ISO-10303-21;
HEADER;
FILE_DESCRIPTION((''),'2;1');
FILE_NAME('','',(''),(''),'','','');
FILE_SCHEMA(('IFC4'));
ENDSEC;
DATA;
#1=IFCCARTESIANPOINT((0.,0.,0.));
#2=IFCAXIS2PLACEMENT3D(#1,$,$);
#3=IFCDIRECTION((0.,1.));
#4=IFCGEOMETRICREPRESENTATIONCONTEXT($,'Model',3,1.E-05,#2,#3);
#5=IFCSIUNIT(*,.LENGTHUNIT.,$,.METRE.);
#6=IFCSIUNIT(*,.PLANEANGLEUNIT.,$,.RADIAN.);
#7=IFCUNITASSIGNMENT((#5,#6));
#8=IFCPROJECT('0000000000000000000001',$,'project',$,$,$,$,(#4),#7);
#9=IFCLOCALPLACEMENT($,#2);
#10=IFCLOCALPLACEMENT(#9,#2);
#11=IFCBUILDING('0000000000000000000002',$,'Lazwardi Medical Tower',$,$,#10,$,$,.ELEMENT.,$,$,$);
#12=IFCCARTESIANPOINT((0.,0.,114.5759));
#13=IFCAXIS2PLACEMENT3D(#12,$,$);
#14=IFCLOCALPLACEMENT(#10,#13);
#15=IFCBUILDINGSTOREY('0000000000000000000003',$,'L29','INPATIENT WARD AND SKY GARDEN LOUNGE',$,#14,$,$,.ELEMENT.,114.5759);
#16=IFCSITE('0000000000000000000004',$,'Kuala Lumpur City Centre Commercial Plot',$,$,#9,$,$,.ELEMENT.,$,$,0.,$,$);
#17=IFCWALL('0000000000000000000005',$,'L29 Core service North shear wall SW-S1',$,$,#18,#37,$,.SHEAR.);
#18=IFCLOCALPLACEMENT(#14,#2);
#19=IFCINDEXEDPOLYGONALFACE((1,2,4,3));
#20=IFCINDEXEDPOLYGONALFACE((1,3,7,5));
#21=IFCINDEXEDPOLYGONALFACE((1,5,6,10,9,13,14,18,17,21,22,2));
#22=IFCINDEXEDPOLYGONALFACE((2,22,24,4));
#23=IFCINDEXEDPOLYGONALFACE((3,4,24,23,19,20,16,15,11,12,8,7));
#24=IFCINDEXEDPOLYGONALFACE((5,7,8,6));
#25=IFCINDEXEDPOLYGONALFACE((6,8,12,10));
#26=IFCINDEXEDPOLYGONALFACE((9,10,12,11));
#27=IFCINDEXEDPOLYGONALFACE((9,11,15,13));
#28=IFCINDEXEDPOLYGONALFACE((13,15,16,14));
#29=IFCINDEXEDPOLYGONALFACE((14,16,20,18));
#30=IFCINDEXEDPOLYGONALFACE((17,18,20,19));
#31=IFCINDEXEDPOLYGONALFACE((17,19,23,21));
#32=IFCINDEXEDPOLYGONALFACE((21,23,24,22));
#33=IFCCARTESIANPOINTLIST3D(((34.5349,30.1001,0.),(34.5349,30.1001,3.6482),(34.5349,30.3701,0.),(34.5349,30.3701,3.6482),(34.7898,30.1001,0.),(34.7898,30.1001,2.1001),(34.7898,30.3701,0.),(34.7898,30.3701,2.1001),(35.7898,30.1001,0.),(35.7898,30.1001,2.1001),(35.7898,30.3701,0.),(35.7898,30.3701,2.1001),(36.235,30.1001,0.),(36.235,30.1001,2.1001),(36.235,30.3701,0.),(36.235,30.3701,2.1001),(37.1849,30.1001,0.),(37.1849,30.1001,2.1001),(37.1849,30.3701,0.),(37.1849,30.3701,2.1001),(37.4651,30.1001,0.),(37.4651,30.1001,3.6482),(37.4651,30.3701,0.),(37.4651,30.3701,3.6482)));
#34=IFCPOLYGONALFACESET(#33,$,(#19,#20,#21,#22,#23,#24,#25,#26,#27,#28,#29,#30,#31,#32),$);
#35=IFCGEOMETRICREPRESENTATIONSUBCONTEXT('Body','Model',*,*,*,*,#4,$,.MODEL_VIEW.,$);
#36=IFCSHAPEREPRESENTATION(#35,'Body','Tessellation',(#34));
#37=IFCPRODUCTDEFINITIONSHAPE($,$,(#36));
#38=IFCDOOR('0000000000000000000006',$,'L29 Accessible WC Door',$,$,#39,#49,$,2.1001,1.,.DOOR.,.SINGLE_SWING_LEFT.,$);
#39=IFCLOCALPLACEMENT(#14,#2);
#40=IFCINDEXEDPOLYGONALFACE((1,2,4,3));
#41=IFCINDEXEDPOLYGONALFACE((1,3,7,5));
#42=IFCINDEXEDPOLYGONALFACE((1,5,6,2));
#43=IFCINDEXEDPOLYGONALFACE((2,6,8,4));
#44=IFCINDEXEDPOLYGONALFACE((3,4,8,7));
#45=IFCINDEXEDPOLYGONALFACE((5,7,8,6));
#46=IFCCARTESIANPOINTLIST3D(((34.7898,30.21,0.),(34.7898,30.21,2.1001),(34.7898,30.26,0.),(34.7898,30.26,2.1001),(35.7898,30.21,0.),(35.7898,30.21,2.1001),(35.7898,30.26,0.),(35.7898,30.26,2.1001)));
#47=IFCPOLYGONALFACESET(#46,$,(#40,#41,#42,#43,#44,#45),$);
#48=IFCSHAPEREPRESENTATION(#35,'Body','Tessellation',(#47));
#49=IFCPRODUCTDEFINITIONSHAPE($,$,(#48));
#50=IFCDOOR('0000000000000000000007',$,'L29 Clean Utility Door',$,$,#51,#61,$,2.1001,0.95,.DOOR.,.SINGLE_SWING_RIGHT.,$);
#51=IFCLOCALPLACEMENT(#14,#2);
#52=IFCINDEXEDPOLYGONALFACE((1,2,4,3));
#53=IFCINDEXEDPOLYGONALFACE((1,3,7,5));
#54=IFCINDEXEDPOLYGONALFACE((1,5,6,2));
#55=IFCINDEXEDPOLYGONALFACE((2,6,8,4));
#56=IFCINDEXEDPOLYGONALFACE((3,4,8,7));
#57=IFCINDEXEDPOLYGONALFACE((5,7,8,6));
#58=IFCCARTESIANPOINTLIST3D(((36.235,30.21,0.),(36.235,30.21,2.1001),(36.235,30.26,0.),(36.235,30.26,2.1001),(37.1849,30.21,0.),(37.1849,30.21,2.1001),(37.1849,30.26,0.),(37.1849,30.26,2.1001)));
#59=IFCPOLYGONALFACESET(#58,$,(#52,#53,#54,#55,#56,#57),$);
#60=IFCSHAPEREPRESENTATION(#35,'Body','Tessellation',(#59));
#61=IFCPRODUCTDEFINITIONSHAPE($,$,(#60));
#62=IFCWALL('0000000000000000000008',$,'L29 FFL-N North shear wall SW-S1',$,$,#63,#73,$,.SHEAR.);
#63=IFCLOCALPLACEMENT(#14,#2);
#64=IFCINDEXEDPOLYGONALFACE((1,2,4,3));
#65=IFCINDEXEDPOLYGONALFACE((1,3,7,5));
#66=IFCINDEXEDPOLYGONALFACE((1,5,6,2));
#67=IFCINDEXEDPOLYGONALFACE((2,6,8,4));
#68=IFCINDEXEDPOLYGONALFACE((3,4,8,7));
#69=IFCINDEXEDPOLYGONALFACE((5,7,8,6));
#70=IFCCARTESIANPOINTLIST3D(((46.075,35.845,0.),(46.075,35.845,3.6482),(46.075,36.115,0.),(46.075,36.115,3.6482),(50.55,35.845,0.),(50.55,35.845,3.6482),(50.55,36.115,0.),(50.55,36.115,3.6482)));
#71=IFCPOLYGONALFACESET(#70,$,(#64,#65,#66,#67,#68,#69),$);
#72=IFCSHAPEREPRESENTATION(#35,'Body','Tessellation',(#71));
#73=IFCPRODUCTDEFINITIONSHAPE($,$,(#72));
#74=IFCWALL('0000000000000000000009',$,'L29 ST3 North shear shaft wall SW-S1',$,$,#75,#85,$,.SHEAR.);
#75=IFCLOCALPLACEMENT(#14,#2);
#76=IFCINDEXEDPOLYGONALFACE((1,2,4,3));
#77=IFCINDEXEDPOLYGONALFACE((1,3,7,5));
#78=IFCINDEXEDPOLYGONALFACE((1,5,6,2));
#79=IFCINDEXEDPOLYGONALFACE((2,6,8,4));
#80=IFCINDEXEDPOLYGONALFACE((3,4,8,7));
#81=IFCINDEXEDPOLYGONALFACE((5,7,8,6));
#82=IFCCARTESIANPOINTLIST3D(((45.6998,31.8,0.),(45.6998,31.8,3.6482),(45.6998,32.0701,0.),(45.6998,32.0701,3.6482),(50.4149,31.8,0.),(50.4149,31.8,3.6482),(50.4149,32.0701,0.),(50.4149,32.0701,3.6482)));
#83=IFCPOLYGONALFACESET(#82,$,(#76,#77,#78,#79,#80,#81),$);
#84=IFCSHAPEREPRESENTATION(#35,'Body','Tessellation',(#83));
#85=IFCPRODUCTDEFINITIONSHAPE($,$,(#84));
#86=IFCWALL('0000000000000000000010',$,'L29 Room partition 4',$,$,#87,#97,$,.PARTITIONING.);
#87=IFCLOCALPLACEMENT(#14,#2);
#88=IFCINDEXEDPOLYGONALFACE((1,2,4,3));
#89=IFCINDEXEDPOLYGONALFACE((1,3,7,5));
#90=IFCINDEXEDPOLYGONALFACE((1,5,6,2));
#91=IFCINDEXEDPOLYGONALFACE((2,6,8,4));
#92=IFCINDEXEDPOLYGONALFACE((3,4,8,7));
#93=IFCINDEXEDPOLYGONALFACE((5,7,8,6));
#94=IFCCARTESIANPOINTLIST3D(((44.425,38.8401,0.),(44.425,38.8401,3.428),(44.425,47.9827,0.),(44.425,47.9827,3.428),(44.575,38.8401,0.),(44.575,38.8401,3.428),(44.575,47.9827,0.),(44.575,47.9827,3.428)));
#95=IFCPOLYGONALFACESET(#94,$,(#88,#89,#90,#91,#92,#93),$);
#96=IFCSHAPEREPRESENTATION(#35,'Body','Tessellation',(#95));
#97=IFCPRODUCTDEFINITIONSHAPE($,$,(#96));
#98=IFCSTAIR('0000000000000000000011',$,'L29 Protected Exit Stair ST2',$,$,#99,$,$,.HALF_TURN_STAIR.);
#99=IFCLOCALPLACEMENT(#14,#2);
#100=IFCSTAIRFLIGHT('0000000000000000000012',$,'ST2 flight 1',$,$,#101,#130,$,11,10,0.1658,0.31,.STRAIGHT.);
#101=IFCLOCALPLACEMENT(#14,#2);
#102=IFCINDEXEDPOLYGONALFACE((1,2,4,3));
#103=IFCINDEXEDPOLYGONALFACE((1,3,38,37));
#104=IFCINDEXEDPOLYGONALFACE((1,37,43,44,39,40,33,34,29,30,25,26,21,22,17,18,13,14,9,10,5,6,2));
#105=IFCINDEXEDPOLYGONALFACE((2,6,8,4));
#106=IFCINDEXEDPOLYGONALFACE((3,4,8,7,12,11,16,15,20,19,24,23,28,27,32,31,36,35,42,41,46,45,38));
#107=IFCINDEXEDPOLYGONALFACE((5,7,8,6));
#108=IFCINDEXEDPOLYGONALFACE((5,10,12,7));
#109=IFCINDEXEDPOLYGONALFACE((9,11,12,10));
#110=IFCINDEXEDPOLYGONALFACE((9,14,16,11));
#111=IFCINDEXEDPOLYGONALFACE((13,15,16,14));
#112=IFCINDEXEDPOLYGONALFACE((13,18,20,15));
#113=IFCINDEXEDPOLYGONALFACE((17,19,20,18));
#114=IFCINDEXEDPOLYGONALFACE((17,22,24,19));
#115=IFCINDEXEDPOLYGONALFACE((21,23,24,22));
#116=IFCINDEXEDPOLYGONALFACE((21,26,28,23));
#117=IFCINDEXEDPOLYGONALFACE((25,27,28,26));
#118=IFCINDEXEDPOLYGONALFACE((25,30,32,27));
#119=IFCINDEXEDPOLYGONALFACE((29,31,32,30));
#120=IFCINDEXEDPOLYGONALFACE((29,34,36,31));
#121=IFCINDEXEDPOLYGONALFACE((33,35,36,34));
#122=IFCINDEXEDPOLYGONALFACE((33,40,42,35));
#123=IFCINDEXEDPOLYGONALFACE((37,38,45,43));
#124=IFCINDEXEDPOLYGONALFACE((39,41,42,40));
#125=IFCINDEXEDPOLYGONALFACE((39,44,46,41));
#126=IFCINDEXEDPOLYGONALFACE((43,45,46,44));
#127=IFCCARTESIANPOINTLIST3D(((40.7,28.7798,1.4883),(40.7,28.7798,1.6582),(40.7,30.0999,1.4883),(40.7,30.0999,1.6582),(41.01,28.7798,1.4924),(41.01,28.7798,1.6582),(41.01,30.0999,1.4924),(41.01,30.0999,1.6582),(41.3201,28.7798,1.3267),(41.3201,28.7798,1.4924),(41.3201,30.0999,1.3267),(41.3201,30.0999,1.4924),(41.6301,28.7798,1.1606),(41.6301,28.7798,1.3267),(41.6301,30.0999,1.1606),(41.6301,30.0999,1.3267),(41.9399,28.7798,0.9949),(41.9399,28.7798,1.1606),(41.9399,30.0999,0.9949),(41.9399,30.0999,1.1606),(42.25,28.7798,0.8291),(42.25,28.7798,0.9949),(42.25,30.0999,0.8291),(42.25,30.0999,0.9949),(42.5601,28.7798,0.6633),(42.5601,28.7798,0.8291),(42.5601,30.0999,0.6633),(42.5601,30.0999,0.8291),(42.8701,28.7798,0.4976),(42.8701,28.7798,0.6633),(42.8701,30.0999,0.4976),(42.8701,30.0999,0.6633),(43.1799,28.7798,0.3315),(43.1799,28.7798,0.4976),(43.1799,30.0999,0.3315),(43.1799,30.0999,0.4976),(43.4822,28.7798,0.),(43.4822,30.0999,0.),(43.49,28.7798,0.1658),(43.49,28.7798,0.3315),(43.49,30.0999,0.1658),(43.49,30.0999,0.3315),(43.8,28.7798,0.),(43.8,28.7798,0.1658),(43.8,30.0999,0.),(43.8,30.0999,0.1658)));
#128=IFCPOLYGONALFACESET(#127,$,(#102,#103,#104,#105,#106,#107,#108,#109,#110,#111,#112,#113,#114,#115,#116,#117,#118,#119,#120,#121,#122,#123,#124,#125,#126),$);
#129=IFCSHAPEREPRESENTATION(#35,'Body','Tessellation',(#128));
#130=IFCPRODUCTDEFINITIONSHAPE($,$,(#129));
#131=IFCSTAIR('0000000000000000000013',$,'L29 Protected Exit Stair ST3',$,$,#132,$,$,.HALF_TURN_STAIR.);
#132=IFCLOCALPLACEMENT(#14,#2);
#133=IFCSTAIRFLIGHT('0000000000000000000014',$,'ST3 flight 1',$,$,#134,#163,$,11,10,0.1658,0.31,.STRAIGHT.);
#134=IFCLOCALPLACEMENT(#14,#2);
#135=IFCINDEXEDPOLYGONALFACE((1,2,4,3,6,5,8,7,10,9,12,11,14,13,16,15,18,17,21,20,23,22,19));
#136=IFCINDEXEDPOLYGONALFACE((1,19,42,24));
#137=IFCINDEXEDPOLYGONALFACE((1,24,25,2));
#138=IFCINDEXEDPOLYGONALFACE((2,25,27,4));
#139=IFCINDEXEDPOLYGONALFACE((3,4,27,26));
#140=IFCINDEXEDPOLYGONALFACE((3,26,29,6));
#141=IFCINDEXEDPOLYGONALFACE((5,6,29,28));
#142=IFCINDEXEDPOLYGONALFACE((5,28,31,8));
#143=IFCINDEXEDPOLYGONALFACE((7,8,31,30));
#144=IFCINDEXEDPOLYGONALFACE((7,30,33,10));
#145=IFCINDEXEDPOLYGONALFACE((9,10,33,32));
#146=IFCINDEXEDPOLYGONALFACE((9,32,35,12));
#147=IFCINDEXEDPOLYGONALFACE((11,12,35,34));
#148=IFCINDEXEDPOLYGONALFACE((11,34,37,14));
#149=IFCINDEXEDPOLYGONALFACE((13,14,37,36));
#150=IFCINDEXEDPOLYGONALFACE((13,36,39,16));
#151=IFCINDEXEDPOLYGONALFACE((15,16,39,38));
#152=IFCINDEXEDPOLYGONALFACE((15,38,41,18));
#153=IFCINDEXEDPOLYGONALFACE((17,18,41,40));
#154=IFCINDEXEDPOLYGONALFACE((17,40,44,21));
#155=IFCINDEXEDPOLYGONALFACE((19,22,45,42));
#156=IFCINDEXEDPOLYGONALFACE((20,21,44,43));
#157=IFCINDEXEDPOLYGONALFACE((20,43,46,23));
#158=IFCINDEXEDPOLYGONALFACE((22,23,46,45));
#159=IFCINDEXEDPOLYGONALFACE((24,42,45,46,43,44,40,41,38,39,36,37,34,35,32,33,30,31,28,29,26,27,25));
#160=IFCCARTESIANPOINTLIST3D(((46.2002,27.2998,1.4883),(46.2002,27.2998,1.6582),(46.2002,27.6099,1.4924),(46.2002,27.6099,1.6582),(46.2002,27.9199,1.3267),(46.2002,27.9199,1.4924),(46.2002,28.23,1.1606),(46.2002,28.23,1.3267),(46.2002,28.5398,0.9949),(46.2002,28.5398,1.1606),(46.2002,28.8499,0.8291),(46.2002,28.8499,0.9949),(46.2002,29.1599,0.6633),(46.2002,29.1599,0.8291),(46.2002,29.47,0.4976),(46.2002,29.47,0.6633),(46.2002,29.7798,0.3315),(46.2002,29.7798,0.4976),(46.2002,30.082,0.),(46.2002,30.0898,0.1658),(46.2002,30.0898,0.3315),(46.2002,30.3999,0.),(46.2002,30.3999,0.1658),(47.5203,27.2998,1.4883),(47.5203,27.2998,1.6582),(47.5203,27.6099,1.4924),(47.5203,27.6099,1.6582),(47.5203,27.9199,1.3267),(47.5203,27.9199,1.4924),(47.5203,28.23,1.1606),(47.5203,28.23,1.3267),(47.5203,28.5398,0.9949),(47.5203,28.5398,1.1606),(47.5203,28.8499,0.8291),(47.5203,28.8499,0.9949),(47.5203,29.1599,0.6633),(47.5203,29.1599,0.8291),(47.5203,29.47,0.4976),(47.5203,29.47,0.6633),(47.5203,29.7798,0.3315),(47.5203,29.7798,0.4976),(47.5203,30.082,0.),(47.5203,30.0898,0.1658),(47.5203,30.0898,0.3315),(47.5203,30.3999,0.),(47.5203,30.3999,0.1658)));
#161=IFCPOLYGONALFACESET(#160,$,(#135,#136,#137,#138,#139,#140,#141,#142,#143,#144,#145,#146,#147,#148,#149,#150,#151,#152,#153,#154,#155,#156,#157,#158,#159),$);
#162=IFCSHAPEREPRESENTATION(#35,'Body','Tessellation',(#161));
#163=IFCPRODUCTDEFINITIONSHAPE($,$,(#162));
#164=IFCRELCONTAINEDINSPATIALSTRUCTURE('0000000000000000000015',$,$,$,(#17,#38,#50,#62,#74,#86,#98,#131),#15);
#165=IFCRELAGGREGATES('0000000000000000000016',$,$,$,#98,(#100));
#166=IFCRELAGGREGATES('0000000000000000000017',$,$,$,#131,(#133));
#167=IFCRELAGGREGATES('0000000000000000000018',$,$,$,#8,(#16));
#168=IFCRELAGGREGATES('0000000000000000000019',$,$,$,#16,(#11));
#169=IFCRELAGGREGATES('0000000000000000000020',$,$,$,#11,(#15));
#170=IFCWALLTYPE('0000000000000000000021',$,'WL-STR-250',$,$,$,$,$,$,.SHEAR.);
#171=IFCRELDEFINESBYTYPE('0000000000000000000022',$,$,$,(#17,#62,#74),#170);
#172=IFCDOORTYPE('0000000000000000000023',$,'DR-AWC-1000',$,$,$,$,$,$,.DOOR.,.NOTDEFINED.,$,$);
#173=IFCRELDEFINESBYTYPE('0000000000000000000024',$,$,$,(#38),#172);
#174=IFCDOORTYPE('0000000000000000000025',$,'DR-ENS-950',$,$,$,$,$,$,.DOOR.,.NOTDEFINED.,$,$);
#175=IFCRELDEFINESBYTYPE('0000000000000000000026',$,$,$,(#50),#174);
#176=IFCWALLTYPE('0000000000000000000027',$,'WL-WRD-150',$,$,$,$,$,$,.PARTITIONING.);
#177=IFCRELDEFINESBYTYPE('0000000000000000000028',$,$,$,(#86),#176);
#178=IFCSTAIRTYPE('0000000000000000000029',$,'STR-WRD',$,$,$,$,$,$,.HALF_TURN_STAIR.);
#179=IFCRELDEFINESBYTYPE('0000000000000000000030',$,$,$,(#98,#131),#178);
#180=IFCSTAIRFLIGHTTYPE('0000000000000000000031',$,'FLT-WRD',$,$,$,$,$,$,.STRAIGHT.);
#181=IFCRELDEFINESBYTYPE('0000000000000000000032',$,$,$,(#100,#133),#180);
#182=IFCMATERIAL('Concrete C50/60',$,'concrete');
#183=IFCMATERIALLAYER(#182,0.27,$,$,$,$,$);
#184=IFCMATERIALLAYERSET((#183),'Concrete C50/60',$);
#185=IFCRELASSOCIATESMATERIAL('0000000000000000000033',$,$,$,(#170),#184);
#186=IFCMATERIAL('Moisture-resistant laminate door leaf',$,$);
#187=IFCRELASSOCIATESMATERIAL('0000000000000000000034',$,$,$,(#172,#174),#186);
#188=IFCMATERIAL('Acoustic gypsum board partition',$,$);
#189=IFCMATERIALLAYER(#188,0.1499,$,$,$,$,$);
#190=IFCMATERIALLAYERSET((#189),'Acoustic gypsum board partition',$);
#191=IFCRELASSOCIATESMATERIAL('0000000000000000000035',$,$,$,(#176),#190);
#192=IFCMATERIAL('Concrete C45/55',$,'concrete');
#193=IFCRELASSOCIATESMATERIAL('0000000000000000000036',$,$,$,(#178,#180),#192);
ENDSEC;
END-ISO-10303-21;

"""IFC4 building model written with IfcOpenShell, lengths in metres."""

from ifc_helpers import new_model, si_unit, direction, frame, frame_2d, origin, place, context, subcontext, project, spatial, polyline, rectangle, outline, extrude, material, layer, layer_set, type_object, element, fill, aggregate, save


model = new_model("IFC4")

# Units and contexts
model_context = context("Model", 3, precision=1e-05, world=origin(), true_north=direction((0.0, 1.0)))
body_context = subcontext(model_context, "Body", "Model", "MODEL_VIEW")
ifc_project = project(units=[si_unit("LENGTHUNIT", "METRE"), si_unit("PLANEANGLEUNIT", "RADIAN")], contexts=[model_context])

# Site, building, storey
site_placement = place(None, origin())
site = spatial("IfcSite", under=ifc_project, at=site_placement, Name="Kuala Lumpur City Centre Commercial Plot", CompositionType="ELEMENT", RefElevation=0.0)
building_placement = place(site_placement, origin())
building = spatial("IfcBuilding", under=site, at=building_placement, Name="Lazwardi Medical Tower", CompositionType="ELEMENT")
storey_placement = place(building_placement, frame((0.0, 0.0, 114.5759)))
storey = spatial("IfcBuildingStorey", under=building, at=storey_placement, Name="L29", Description="INPATIENT WARD AND SKY GARDEN LOUNGE", CompositionType="ELEMENT", Elevation=114.5759)

# Wall, openings, doors
ifc_material_1 = material(Name="Concrete C50/60", Category="concrete")
ifc_layer_1 = layer(ifc_material_1, 0.27)
ifc_layer_set_1 = layer_set([ifc_layer_1], Name="Concrete C50/60")
wall_type_1 = type_object("IfcWallType", Name="WL-STR-250", PredefinedType="SHEAR", material=ifc_layer_set_1)
wall_1_placement = place(storey_placement, frame((34.5349, 30.2351, 0.0), z_axis=(0.0, 0.0, 1.0), x_axis=(1.0, 0.0, 0.0)))
wall_1 = element("IfcWall", 1, at=wall_1_placement, inside=storey, type_object=wall_type_1, Name="L29 Core service North shear wall SW-S1", PredefinedType="SHEAR", context=body_context, shape_type="SweptSolid", body=[
    extrude(rectangle(XDim=2.9302, YDim=0.27, at=frame_2d((1.4651, 0.0))), origin(), (0.0, 0.0, 1.0), 3.6482),
])
opening_1_placement = place(wall_1_placement, frame((0.2549, 0.0, 0.0)))
opening_1 = element("IfcOpeningElement", 2, at=opening_1_placement, cuts=wall_1, PredefinedType="OPENING", context=body_context, shape_type="SweptSolid", body=[
    extrude(rectangle(XDim=1.0, YDim=2.1001, at=frame_2d((0.5, 1.05))), frame((0.0, 0.145, 0.0), z_axis=(0.0, -1.0, 0.0), x_axis=(1.0, 0.0, 0.0)), (0.0, 0.0, 1.0), 0.29),
])
opening_2_placement = place(wall_1_placement, frame((1.7, 0.0, 0.0)))
opening_2 = element("IfcOpeningElement", 3, at=opening_2_placement, cuts=wall_1, PredefinedType="OPENING", context=body_context, shape_type="SweptSolid", body=[
    extrude(rectangle(XDim=0.95, YDim=2.1001, at=frame_2d((0.4751, 1.05))), frame((0.0, 0.145, 0.0), z_axis=(0.0, -1.0, 0.0), x_axis=(1.0, 0.0, 0.0)), (0.0, 0.0, 1.0), 0.29),
])
ifc_material_2 = material(Name="Moisture-resistant laminate door leaf")
door_type_1 = type_object("IfcDoorType", Name="DR-AWC-1000", OperationType="NOTDEFINED", PredefinedType="DOOR", material=ifc_material_2)
door_1_placement = place(opening_1_placement, origin())
door_1 = element("IfcDoor", 4, at=door_1_placement, inside=storey, type_object=door_type_1, Name="L29 Accessible WC Door", OperationType="SINGLE_SWING_LEFT", OverallHeight=2.1001, OverallWidth=1.0, PredefinedType="DOOR", context=body_context, shape_type="SweptSolid", body=[
    extrude(rectangle(XDim=1.0, YDim=2.1001, at=frame_2d((0.5, 1.05))), frame((0.0, 0.0249, 0.0), z_axis=(0.0, -1.0, 0.0), x_axis=(1.0, 0.0, 0.0)), (0.0, 0.0, 1.0), 0.05),
])
fill(opening_1, door_1)
door_type_2 = type_object("IfcDoorType", Name="DR-ENS-950", OperationType="NOTDEFINED", PredefinedType="DOOR", material=ifc_material_2)
door_2_placement = place(opening_2_placement, origin())
door_2 = element("IfcDoor", 5, at=door_2_placement, inside=storey, type_object=door_type_2, Name="L29 Clean Utility Door", OperationType="SINGLE_SWING_RIGHT", OverallHeight=2.1001, OverallWidth=0.95, PredefinedType="DOOR", context=body_context, shape_type="SweptSolid", body=[
    extrude(rectangle(XDim=0.95, YDim=2.1001, at=frame_2d((0.4751, 1.05))), frame((0.0, 0.0249, 0.0), z_axis=(0.0, -1.0, 0.0), x_axis=(1.0, 0.0, 0.0)), (0.0, 0.0, 1.0), 0.05),
])
fill(opening_2, door_2)

# Walls
wall_2_placement = place(storey_placement, frame((46.075, 35.98, 0.0), z_axis=(0.0, 0.0, 1.0), x_axis=(1.0, 0.0, 0.0)))
element("IfcWall", 6, at=wall_2_placement, inside=storey, type_object=wall_type_1, Name="L29 FFL-N North shear wall SW-S1", PredefinedType="SHEAR", context=body_context, shape_type="SweptSolid", body=[
    extrude(rectangle(XDim=4.4751, YDim=0.27, at=frame_2d((2.2375, 0.0))), origin(), (0.0, 0.0, 1.0), 3.6482),
])
wall_3_placement = place(storey_placement, frame((45.7, 31.9351, 0.0), z_axis=(0.0, 0.0, 1.0), x_axis=(1.0, 0.0, 0.0)))
element("IfcWall", 7, at=wall_3_placement, inside=storey, type_object=wall_type_1, Name="L29 ST3 North shear shaft wall SW-S1", PredefinedType="SHEAR", context=body_context, shape_type="SweptSolid", body=[
    extrude(rectangle(XDim=4.7151, YDim=0.27, at=frame_2d((2.3574, 0.0))), origin(), (0.0, 0.0, 1.0), 3.6482),
])
ifc_material_3 = material(Name="Acoustic gypsum board partition")
ifc_layer_2 = layer(ifc_material_3, 0.1499)
ifc_layer_set_2 = layer_set([ifc_layer_2], Name="Acoustic gypsum board partition")
wall_type_2 = type_object("IfcWallType", Name="WL-WRD-150", PredefinedType="PARTITIONING", material=ifc_layer_set_2)
wall_4_placement = place(storey_placement, frame((44.5, 38.8401, 0.0), z_axis=(0.0, 0.0, 1.0), x_axis=(0.0, 1.0, 0.0)))
element("IfcWall", 8, at=wall_4_placement, inside=storey, type_object=wall_type_2, Name="L29 Room partition 4", PredefinedType="PARTITIONING", context=body_context, shape_type="SweptSolid", body=[
    extrude(rectangle(XDim=9.1426, YDim=0.1499, at=frame_2d((4.5713, 0.0))), origin(), (0.0, 0.0, 1.0), 3.428),
])

# Stairs, stair flights
ifc_material_4 = material(Name="Concrete C45/55", Category="concrete")
stair_type = type_object("IfcStairType", Name="STR-WRD", PredefinedType="HALF_TURN_STAIR", material=ifc_material_4)
stair_1_placement = place(storey_placement, origin())
stair_1 = element("IfcStair", 9, at=stair_1_placement, inside=storey, type_object=stair_type, Name="L29 Protected Exit Stair ST2", PredefinedType="HALF_TURN_STAIR")
stair_flight_type = type_object("IfcStairFlightType", Name="FLT-WRD", PredefinedType="STRAIGHT", material=ifc_material_4)
stair_flight_1_placement = place(storey_placement, frame((43.8, 29.4399, 0.0), z_axis=(0.0, 0.0, 1.0), x_axis=(-1.0, 0.0, 0.0)))
stair_flight_1 = element("IfcStairFlight", 10, at=stair_flight_1_placement, type_object=stair_flight_type, Name="ST2 flight 1", NumberOfRisers=11, NumberOfTreads=10, PredefinedType="STRAIGHT", RiserHeight=0.1658, TreadLength=0.31, context=body_context, shape_type="SweptSolid", body=[
    extrude(outline(polyline([(0.0, 0.0), (0.0, 0.1658), (0.3101, 0.1658), (0.3101, 0.3315), (0.6201, 0.3315), (0.6201, 0.4976), (0.9299, 0.4976), (0.9299, 0.6633), (1.24, 0.6633), (1.24, 0.8291), (1.55, 0.8291), (1.55, 0.9949), (1.8601, 0.9949), (1.8601, 1.1606), (2.1699, 1.1606), (2.1699, 1.3267), (2.48, 1.3267), (2.48, 1.4924), (2.79, 1.4924), (2.79, 1.6582), (3.1001, 1.6582), (3.1001, 1.824), (3.1001, 1.4883), (0.3179, 0.0), (0.0, 0.0)])), frame((0.0, 0.6602, 0.0), z_axis=(0.0, -1.0, 0.0), x_axis=(1.0, 0.0, 0.0)), (0.0, 0.0, 1.0), 1.3201),
])
aggregate(stair_1, [stair_flight_1])
stair_2_placement = place(storey_placement, origin())
stair_2 = element("IfcStair", 11, at=stair_2_placement, inside=storey, type_object=stair_type, Name="L29 Protected Exit Stair ST3", PredefinedType="HALF_TURN_STAIR")
stair_flight_2_placement = place(storey_placement, frame((46.8601, 30.3999, 0.0), z_axis=(0.0, 0.0, 1.0), x_axis=(0.0, -1.0, 0.0)))
stair_flight_2 = element("IfcStairFlight", 12, at=stair_flight_2_placement, type_object=stair_flight_type, Name="ST3 flight 1", NumberOfRisers=11, NumberOfTreads=10, PredefinedType="STRAIGHT", RiserHeight=0.1658, TreadLength=0.31, context=body_context, shape_type="SweptSolid", body=[
    extrude(outline(polyline([(0.0, 0.0), (0.0, 0.1658), (0.3101, 0.1658), (0.3101, 0.3315), (0.6201, 0.3315), (0.6201, 0.4976), (0.9299, 0.4976), (0.9299, 0.6633), (1.24, 0.6633), (1.24, 0.8291), (1.55, 0.8291), (1.55, 0.9949), (1.8601, 0.9949), (1.8601, 1.1606), (2.1699, 1.1606), (2.1699, 1.3267), (2.48, 1.3267), (2.48, 1.4924), (2.79, 1.4924), (2.79, 1.6582), (3.1001, 1.6582), (3.1001, 1.824), (3.1001, 1.4883), (0.3179, 0.0), (0.0, 0.0)])), frame((0.0, 0.6602, 0.0), z_axis=(0.0, -1.0, 0.0), x_axis=(1.0, 0.0, 0.0)), (0.0, 0.0, 1.0), 1.3201),
])
aggregate(stair_2, [stair_flight_2])

save(model, "model.ifc")
